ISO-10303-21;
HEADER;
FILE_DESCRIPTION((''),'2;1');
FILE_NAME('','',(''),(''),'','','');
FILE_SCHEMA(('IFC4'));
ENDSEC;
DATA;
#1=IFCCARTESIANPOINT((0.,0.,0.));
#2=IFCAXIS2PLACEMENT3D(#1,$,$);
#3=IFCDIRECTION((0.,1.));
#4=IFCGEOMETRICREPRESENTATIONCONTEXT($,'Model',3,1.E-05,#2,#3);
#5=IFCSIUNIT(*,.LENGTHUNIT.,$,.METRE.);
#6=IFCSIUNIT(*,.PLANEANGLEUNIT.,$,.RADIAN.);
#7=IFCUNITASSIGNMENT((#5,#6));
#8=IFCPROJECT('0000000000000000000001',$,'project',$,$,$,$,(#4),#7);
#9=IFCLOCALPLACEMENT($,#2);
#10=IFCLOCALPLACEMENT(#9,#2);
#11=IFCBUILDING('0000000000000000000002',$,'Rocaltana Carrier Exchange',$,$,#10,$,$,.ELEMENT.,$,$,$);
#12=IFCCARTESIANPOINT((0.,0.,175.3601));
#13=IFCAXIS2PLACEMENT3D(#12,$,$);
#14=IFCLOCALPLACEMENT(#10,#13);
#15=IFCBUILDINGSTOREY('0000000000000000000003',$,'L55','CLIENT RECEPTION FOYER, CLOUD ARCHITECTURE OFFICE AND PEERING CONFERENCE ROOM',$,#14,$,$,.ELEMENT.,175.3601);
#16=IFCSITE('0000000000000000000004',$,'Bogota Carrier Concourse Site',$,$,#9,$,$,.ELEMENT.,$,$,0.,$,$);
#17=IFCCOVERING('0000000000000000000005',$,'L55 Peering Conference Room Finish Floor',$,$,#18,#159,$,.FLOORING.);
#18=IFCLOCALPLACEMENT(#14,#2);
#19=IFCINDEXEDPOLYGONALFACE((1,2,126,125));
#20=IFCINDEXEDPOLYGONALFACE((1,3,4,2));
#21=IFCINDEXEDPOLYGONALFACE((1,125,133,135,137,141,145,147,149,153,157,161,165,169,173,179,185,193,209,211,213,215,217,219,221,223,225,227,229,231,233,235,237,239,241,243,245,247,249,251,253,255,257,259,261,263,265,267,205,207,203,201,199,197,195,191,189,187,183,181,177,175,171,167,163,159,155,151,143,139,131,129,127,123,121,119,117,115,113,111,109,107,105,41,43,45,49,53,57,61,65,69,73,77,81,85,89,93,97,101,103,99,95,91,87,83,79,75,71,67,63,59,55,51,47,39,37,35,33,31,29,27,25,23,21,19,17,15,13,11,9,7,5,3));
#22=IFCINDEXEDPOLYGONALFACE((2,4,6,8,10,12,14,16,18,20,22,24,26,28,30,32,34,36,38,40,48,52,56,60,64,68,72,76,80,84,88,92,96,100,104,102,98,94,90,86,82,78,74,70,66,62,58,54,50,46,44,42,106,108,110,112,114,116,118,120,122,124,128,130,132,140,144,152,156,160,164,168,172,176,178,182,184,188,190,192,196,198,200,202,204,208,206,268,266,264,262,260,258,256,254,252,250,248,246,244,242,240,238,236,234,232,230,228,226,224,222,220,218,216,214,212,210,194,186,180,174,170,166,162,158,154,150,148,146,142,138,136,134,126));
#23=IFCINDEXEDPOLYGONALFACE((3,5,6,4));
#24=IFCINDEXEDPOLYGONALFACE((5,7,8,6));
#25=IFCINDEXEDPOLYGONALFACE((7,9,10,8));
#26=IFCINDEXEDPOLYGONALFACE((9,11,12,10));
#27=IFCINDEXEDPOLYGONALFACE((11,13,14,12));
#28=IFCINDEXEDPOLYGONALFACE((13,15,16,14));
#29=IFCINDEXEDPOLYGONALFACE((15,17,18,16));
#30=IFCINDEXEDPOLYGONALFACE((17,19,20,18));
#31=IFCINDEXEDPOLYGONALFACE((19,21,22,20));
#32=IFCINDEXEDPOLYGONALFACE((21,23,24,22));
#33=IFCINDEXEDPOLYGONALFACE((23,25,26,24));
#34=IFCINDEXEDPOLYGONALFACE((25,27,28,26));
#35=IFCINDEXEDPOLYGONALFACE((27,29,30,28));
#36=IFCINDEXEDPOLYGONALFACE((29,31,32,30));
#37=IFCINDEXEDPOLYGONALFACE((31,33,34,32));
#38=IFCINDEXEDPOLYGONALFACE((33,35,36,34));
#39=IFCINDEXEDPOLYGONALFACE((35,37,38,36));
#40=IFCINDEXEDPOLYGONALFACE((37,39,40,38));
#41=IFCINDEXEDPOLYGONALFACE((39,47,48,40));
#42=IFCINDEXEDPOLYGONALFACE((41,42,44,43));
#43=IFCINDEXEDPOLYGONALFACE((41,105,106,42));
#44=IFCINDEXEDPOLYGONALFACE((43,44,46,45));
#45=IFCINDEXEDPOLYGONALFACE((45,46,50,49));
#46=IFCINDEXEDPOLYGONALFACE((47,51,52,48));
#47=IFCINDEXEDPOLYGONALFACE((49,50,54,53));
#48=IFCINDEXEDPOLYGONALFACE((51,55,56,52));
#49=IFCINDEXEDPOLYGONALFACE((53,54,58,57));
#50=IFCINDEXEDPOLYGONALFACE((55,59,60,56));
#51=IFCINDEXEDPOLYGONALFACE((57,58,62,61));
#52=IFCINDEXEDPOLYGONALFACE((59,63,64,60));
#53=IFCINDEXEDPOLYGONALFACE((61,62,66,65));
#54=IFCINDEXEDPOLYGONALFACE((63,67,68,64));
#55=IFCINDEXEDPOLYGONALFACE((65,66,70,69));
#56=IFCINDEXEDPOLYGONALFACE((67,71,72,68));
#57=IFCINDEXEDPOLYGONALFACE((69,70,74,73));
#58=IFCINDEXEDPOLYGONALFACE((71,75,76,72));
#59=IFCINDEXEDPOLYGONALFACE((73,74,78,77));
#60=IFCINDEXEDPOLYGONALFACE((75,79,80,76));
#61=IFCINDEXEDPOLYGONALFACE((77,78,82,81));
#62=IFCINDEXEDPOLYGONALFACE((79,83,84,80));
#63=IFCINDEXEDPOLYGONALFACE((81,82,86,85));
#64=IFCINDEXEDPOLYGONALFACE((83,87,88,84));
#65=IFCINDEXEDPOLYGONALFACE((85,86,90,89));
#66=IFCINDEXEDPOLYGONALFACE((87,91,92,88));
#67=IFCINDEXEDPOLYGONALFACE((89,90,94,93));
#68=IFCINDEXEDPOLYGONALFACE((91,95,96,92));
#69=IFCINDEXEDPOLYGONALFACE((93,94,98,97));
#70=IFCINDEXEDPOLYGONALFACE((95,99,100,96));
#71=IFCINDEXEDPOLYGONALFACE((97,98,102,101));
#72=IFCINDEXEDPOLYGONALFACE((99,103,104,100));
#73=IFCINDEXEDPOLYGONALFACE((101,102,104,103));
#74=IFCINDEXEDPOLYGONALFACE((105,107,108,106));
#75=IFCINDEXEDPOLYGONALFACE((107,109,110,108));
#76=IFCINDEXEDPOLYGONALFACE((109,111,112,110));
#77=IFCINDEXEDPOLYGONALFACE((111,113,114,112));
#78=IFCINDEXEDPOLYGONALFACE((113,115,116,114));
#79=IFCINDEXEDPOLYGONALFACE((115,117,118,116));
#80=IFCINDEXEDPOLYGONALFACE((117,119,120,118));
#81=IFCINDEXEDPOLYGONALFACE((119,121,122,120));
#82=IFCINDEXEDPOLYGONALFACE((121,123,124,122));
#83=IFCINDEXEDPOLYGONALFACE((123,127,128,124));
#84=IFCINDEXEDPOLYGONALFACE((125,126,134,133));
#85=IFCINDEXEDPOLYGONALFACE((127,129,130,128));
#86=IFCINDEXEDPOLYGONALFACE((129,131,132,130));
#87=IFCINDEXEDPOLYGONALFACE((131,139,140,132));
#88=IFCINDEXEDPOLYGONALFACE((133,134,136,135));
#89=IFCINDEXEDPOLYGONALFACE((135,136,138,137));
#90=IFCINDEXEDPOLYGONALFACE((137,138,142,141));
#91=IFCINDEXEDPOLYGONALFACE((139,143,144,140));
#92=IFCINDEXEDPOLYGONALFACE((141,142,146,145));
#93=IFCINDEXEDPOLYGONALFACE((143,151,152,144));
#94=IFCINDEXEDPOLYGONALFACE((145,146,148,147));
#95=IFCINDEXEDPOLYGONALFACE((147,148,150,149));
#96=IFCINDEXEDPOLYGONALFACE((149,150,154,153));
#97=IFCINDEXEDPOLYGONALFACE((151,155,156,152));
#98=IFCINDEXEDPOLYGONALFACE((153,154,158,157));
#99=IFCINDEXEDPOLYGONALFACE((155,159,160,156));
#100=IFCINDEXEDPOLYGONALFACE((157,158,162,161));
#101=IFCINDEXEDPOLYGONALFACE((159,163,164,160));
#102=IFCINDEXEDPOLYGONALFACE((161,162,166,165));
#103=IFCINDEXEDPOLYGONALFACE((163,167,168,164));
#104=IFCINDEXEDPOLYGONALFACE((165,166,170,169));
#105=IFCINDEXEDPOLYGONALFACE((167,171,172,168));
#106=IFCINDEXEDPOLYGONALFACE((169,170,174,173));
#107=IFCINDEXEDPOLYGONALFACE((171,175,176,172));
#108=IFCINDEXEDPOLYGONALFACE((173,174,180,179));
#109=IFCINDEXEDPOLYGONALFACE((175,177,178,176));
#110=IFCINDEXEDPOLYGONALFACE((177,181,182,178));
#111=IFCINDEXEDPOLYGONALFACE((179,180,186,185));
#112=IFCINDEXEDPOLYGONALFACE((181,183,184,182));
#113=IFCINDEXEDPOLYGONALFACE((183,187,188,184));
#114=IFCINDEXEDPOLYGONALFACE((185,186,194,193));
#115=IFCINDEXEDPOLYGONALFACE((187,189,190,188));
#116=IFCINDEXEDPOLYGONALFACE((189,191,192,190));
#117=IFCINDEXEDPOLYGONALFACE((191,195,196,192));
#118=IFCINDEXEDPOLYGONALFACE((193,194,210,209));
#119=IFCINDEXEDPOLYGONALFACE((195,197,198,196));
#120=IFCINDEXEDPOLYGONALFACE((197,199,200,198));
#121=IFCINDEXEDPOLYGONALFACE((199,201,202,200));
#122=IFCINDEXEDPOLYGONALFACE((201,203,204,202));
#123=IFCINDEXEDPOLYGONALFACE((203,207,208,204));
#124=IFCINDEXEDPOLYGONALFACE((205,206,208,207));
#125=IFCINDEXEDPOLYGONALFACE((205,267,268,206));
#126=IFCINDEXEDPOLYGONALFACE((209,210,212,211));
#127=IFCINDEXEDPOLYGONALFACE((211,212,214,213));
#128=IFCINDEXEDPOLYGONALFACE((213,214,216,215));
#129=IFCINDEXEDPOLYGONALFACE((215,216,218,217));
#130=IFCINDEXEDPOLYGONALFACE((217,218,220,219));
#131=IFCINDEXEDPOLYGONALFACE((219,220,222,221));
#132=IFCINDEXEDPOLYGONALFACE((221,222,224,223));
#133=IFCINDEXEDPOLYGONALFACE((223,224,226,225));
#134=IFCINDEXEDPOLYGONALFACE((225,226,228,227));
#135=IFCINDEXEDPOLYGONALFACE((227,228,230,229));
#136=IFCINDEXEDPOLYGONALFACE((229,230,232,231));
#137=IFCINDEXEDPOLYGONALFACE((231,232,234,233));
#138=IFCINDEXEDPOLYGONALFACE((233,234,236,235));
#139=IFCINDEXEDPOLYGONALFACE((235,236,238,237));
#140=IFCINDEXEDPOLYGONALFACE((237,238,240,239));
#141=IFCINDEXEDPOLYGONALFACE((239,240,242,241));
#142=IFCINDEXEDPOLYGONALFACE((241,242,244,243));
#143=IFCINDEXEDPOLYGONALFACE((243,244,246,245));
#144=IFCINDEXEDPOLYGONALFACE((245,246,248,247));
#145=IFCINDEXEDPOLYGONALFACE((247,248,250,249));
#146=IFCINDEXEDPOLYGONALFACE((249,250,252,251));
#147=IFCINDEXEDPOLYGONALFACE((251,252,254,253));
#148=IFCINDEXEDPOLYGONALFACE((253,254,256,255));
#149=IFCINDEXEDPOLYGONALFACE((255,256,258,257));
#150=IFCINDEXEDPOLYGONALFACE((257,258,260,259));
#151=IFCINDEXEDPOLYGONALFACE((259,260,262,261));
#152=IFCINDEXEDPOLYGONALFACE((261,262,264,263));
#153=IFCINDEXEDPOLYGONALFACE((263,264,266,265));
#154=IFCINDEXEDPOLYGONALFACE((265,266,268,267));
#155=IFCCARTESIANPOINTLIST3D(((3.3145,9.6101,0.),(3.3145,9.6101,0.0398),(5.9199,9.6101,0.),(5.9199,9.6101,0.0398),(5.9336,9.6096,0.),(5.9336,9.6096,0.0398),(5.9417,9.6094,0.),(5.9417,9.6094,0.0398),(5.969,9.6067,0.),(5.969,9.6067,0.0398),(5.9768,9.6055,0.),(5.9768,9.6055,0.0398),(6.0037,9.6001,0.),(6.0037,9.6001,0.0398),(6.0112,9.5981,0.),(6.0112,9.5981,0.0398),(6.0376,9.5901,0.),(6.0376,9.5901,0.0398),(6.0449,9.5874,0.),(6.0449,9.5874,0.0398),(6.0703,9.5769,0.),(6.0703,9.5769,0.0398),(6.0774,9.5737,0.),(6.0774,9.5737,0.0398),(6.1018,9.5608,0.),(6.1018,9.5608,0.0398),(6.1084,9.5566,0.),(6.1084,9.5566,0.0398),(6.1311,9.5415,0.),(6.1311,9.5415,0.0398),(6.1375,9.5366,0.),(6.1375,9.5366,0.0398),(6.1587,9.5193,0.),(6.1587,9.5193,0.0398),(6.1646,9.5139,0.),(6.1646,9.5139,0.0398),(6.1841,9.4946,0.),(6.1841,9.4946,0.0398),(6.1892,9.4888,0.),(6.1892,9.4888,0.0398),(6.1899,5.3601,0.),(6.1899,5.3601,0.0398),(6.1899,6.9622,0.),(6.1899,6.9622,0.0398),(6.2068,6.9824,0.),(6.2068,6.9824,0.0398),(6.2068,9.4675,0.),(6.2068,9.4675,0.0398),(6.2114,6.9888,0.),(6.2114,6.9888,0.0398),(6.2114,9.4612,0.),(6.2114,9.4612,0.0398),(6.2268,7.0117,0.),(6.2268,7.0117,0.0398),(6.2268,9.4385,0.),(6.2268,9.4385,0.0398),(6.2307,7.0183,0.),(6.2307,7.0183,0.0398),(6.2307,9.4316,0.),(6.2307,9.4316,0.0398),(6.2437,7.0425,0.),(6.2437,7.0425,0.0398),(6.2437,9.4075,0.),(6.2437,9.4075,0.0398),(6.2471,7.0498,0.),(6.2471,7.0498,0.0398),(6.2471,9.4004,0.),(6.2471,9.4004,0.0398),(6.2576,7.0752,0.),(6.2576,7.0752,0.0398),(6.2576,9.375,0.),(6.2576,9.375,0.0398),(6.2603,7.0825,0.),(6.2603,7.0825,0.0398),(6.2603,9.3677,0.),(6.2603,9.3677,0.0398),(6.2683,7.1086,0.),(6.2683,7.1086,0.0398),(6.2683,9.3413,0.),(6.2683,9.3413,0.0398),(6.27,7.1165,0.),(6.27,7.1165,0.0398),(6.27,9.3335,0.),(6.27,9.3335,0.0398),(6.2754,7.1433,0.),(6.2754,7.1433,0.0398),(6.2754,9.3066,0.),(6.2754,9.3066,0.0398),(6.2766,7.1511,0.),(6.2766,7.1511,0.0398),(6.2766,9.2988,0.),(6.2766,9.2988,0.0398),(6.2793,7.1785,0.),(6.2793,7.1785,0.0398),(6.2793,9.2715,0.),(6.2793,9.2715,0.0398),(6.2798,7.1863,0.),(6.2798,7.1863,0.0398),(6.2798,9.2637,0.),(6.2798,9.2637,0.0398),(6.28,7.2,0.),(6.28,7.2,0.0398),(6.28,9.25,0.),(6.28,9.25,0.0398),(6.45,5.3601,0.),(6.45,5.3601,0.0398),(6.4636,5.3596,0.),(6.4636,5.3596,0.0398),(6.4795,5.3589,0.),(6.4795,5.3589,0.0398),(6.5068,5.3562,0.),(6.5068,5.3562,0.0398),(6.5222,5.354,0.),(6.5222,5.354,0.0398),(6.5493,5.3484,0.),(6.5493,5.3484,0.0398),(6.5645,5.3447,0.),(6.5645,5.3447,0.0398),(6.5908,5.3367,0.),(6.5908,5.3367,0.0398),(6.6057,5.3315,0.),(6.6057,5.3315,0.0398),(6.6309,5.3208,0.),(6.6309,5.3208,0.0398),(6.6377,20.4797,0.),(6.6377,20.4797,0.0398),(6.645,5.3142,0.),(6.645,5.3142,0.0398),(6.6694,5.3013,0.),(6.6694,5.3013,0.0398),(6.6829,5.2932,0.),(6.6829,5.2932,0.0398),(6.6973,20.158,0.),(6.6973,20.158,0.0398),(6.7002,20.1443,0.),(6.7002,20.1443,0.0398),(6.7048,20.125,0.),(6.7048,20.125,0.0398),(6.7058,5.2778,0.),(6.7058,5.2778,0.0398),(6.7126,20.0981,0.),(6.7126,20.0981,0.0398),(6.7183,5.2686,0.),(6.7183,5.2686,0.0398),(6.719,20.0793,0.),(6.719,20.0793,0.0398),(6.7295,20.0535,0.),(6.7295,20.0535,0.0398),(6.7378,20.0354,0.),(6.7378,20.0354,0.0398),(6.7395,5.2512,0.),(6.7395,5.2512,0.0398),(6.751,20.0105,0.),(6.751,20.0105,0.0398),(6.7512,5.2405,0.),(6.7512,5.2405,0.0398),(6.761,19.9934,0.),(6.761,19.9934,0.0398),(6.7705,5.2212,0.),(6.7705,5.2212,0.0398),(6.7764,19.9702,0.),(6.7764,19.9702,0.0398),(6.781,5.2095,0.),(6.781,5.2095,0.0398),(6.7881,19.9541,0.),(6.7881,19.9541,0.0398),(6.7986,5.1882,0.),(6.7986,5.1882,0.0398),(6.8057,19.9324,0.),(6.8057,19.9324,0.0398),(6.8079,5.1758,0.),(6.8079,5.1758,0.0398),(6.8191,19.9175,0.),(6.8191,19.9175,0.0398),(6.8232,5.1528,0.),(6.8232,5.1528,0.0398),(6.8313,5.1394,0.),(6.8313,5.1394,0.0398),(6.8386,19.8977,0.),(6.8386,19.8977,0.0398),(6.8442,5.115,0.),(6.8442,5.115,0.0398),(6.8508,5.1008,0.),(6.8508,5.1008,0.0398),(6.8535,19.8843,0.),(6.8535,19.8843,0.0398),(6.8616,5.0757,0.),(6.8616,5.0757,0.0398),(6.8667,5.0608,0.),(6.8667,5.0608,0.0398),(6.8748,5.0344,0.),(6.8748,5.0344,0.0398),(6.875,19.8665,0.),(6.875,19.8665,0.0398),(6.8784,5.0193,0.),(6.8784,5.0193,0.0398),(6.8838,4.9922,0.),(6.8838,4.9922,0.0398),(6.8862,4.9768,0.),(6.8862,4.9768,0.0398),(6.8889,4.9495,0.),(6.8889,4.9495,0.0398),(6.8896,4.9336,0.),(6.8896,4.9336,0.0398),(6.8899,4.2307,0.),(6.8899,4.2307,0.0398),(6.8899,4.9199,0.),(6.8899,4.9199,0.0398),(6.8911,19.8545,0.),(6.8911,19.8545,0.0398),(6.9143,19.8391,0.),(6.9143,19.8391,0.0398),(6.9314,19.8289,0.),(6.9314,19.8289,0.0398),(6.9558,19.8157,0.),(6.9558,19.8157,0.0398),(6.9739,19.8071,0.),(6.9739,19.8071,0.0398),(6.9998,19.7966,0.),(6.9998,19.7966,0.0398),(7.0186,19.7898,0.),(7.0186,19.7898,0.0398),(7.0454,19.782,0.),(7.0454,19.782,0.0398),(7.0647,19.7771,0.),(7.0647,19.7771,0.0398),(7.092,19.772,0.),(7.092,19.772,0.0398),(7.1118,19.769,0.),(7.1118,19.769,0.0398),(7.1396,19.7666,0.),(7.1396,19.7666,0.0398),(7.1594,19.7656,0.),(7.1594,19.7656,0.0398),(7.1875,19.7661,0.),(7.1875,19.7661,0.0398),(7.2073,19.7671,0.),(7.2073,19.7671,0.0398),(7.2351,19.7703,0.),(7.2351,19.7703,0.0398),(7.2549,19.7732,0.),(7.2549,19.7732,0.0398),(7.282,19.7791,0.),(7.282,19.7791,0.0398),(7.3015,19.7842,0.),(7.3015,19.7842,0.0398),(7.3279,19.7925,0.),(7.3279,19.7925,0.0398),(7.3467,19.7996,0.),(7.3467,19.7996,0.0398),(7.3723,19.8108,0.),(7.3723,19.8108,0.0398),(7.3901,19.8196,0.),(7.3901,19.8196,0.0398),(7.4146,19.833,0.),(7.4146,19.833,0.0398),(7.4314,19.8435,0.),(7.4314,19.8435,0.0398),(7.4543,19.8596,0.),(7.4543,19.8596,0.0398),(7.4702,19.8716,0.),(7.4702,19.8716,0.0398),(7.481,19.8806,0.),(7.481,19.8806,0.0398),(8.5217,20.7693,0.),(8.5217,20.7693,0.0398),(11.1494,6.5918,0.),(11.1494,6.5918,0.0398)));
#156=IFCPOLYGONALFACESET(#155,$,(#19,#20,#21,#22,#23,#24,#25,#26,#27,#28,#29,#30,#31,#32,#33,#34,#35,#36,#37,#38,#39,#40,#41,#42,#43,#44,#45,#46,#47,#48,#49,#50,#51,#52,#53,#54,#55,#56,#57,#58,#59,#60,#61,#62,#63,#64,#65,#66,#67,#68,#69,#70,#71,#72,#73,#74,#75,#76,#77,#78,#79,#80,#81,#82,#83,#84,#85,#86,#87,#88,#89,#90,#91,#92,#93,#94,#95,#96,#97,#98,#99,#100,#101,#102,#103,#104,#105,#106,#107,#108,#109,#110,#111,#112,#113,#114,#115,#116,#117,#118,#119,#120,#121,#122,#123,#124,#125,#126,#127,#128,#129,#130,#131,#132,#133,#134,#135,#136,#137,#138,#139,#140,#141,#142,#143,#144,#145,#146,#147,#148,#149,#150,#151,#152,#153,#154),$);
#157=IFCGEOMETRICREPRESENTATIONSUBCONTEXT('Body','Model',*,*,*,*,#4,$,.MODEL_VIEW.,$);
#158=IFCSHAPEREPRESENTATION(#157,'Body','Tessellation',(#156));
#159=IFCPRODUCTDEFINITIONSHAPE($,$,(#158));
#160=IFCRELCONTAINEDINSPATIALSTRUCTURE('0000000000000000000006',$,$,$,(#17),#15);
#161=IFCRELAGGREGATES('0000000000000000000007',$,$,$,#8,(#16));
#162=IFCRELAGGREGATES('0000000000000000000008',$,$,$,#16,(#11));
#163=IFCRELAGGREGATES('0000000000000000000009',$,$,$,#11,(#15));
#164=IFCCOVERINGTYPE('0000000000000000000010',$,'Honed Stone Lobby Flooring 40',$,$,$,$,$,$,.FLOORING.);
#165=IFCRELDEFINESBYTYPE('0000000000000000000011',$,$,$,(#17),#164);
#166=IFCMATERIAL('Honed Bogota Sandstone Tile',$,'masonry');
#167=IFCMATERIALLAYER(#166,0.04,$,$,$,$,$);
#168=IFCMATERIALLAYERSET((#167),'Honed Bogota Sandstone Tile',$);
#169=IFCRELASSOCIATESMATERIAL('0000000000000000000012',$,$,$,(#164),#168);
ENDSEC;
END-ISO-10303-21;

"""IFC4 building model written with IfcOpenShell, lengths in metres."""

from ifc_helpers import new_model, si_unit, direction, frame, origin, place, context, subcontext, project, spatial, polyline, outline, extrude, material, layer, layer_set, type_object, element, save


model = new_model("IFC4")

# Units and contexts
model_context = context("Model", 3, precision=1e-05, world=origin(), true_north=direction((0.0, 1.0)))
body_context = subcontext(model_context, "Body", "Model", "MODEL_VIEW")
ifc_project = project(units=[si_unit("LENGTHUNIT", "METRE"), si_unit("PLANEANGLEUNIT", "RADIAN")], contexts=[model_context])

# Site, building, storey
site_placement = place(None, origin())
site = spatial("IfcSite", under=ifc_project, at=site_placement, Name="Bogota Carrier Concourse Site", CompositionType="ELEMENT", RefElevation=0.0)
building_placement = place(site_placement, origin())
building = spatial("IfcBuilding", under=site, at=building_placement, Name="Rocaltana Carrier Exchange", CompositionType="ELEMENT")
storey_placement = place(building_placement, frame((0.0, 0.0, 175.3601)))
storey = spatial("IfcBuildingStorey", under=building, at=storey_placement, Name="L55", Description="CLIENT RECEPTION FOYER, CLOUD ARCHITECTURE OFFICE AND PEERING CONFERENCE ROOM", CompositionType="ELEMENT", Elevation=175.3601)

# Covering
ifc_material_1 = material(Name="Honed Bogota Sandstone Tile", Category="masonry")
ifc_layer_1 = layer(ifc_material_1, 0.04)
ifc_layer_set_1 = layer_set([ifc_layer_1], Name="Honed Bogota Sandstone Tile")
covering_type_1 = type_object("IfcCoveringType", Name="Honed Stone Lobby Flooring 40", PredefinedType="FLOORING", material=ifc_layer_set_1)
covering_1_placement = place(storey_placement, origin())
element("IfcCovering", 1, at=covering_1_placement, inside=storey, type_object=covering_type_1, Name="L55 Peering Conference Room Finish Floor", PredefinedType="FLOORING", context=body_context, shape_type="SweptSolid", body=[
    extrude(outline(polyline([(6.1899, 6.9622), (6.2068, 6.9824), (6.2114, 6.9888), (6.2268, 7.0117), (6.2307, 7.0183), (6.2437, 7.0425), (6.2471, 7.0498), (6.2576, 7.0752), (6.2603, 7.0825), (6.2683, 7.1086), (6.27, 7.1165), (6.2754, 7.1433), (6.2766, 7.1511), (6.2793, 7.1785), (6.2798, 7.1863), (6.28, 7.2), (6.28, 9.25), (6.2798, 9.2637), (6.2793, 9.2715), (6.2766, 9.2988), (6.2754, 9.3066), (6.27, 9.3335), (6.2683, 9.3413), (6.2603, 9.3677), (6.2576, 9.375), (6.2471, 9.4004), (6.2437, 9.4075), (6.2307, 9.4316), (6.2268, 9.4385), (6.2114, 9.4612), (6.2068, 9.4675), (6.1892, 9.4888), (6.1841, 9.4946), (6.1646, 9.5139), (6.1587, 9.5193), (6.1375, 9.5366), (6.1311, 9.5415), (6.1084, 9.5566), (6.1018, 9.5608), (6.0774, 9.5737), (6.0703, 9.5769), (6.0449, 9.5874), (6.0376, 9.5901), (6.0112, 9.5981), (6.0037, 9.6001), (5.9768, 9.6055), (5.969, 9.6067), (5.9417, 9.6094), (5.9336, 9.6096), (5.9199, 9.6101), (3.3145, 9.6101), (6.6377, 20.4797), (6.6973, 20.158), (6.7002, 20.1443), (6.7048, 20.125), (6.7126, 20.0981), (6.719, 20.0793), (6.7295, 20.0535), (6.7378, 20.0354), (6.751, 20.0105), (6.761, 19.9934), (6.7764, 19.9702), (6.7881, 19.9541), (6.8057, 19.9324), (6.8191, 19.9175), (6.8386, 19.8977), (6.8535, 19.8843), (6.875, 19.8665), (6.8911, 19.8545), (6.9143, 19.8391), (6.9314, 19.8289), (6.9558, 19.8157), (6.9739, 19.8071), (6.9998, 19.7966), (7.0186, 19.7898), (7.0454, 19.782), (7.0647, 19.7771), (7.092, 19.772), (7.1118, 19.769), (7.1396, 19.7666), (7.1594, 19.7656), (7.1875, 19.7661), (7.2073, 19.7671), (7.2351, 19.7703), (7.2549, 19.7732), (7.282, 19.7791), (7.3015, 19.7842), (7.3279, 19.7925), (7.3467, 19.7996), (7.3723, 19.8108), (7.3901, 19.8196), (7.4146, 19.833), (7.4314, 19.8435), (7.4543, 19.8596), (7.4702, 19.8716), (7.481, 19.8806), (8.5217, 20.7693), (11.1494, 6.5918), (6.8899, 4.2307), (6.8899, 4.9199), (6.8896, 4.9336), (6.8889, 4.9495), (6.8862, 4.9768), (6.8838, 4.9922), (6.8784, 5.0193), (6.8748, 5.0344), (6.8667, 5.0608), (6.8616, 5.0757), (6.8508, 5.1008), (6.8442, 5.115), (6.8313, 5.1394), (6.8232, 5.1528), (6.8079, 5.1758), (6.7986, 5.1882), (6.781, 5.2095), (6.7705, 5.2212), (6.7512, 5.2405), (6.7395, 5.2512), (6.7183, 5.2686), (6.7058, 5.2778), (6.6829, 5.2932), (6.6694, 5.3013), (6.645, 5.3142), (6.6309, 5.3208), (6.6057, 5.3315), (6.5908, 5.3367), (6.5645, 5.3447), (6.5493, 5.3484), (6.5222, 5.354), (6.5068, 5.3562), (6.4795, 5.3589), (6.4636, 5.3596), (6.45, 5.3601), (6.1899, 5.3601), (6.1899, 6.9622)])), origin(), (0.0, 0.0, 1.0), 0.0398),
])

save(model, "model.ifc")
